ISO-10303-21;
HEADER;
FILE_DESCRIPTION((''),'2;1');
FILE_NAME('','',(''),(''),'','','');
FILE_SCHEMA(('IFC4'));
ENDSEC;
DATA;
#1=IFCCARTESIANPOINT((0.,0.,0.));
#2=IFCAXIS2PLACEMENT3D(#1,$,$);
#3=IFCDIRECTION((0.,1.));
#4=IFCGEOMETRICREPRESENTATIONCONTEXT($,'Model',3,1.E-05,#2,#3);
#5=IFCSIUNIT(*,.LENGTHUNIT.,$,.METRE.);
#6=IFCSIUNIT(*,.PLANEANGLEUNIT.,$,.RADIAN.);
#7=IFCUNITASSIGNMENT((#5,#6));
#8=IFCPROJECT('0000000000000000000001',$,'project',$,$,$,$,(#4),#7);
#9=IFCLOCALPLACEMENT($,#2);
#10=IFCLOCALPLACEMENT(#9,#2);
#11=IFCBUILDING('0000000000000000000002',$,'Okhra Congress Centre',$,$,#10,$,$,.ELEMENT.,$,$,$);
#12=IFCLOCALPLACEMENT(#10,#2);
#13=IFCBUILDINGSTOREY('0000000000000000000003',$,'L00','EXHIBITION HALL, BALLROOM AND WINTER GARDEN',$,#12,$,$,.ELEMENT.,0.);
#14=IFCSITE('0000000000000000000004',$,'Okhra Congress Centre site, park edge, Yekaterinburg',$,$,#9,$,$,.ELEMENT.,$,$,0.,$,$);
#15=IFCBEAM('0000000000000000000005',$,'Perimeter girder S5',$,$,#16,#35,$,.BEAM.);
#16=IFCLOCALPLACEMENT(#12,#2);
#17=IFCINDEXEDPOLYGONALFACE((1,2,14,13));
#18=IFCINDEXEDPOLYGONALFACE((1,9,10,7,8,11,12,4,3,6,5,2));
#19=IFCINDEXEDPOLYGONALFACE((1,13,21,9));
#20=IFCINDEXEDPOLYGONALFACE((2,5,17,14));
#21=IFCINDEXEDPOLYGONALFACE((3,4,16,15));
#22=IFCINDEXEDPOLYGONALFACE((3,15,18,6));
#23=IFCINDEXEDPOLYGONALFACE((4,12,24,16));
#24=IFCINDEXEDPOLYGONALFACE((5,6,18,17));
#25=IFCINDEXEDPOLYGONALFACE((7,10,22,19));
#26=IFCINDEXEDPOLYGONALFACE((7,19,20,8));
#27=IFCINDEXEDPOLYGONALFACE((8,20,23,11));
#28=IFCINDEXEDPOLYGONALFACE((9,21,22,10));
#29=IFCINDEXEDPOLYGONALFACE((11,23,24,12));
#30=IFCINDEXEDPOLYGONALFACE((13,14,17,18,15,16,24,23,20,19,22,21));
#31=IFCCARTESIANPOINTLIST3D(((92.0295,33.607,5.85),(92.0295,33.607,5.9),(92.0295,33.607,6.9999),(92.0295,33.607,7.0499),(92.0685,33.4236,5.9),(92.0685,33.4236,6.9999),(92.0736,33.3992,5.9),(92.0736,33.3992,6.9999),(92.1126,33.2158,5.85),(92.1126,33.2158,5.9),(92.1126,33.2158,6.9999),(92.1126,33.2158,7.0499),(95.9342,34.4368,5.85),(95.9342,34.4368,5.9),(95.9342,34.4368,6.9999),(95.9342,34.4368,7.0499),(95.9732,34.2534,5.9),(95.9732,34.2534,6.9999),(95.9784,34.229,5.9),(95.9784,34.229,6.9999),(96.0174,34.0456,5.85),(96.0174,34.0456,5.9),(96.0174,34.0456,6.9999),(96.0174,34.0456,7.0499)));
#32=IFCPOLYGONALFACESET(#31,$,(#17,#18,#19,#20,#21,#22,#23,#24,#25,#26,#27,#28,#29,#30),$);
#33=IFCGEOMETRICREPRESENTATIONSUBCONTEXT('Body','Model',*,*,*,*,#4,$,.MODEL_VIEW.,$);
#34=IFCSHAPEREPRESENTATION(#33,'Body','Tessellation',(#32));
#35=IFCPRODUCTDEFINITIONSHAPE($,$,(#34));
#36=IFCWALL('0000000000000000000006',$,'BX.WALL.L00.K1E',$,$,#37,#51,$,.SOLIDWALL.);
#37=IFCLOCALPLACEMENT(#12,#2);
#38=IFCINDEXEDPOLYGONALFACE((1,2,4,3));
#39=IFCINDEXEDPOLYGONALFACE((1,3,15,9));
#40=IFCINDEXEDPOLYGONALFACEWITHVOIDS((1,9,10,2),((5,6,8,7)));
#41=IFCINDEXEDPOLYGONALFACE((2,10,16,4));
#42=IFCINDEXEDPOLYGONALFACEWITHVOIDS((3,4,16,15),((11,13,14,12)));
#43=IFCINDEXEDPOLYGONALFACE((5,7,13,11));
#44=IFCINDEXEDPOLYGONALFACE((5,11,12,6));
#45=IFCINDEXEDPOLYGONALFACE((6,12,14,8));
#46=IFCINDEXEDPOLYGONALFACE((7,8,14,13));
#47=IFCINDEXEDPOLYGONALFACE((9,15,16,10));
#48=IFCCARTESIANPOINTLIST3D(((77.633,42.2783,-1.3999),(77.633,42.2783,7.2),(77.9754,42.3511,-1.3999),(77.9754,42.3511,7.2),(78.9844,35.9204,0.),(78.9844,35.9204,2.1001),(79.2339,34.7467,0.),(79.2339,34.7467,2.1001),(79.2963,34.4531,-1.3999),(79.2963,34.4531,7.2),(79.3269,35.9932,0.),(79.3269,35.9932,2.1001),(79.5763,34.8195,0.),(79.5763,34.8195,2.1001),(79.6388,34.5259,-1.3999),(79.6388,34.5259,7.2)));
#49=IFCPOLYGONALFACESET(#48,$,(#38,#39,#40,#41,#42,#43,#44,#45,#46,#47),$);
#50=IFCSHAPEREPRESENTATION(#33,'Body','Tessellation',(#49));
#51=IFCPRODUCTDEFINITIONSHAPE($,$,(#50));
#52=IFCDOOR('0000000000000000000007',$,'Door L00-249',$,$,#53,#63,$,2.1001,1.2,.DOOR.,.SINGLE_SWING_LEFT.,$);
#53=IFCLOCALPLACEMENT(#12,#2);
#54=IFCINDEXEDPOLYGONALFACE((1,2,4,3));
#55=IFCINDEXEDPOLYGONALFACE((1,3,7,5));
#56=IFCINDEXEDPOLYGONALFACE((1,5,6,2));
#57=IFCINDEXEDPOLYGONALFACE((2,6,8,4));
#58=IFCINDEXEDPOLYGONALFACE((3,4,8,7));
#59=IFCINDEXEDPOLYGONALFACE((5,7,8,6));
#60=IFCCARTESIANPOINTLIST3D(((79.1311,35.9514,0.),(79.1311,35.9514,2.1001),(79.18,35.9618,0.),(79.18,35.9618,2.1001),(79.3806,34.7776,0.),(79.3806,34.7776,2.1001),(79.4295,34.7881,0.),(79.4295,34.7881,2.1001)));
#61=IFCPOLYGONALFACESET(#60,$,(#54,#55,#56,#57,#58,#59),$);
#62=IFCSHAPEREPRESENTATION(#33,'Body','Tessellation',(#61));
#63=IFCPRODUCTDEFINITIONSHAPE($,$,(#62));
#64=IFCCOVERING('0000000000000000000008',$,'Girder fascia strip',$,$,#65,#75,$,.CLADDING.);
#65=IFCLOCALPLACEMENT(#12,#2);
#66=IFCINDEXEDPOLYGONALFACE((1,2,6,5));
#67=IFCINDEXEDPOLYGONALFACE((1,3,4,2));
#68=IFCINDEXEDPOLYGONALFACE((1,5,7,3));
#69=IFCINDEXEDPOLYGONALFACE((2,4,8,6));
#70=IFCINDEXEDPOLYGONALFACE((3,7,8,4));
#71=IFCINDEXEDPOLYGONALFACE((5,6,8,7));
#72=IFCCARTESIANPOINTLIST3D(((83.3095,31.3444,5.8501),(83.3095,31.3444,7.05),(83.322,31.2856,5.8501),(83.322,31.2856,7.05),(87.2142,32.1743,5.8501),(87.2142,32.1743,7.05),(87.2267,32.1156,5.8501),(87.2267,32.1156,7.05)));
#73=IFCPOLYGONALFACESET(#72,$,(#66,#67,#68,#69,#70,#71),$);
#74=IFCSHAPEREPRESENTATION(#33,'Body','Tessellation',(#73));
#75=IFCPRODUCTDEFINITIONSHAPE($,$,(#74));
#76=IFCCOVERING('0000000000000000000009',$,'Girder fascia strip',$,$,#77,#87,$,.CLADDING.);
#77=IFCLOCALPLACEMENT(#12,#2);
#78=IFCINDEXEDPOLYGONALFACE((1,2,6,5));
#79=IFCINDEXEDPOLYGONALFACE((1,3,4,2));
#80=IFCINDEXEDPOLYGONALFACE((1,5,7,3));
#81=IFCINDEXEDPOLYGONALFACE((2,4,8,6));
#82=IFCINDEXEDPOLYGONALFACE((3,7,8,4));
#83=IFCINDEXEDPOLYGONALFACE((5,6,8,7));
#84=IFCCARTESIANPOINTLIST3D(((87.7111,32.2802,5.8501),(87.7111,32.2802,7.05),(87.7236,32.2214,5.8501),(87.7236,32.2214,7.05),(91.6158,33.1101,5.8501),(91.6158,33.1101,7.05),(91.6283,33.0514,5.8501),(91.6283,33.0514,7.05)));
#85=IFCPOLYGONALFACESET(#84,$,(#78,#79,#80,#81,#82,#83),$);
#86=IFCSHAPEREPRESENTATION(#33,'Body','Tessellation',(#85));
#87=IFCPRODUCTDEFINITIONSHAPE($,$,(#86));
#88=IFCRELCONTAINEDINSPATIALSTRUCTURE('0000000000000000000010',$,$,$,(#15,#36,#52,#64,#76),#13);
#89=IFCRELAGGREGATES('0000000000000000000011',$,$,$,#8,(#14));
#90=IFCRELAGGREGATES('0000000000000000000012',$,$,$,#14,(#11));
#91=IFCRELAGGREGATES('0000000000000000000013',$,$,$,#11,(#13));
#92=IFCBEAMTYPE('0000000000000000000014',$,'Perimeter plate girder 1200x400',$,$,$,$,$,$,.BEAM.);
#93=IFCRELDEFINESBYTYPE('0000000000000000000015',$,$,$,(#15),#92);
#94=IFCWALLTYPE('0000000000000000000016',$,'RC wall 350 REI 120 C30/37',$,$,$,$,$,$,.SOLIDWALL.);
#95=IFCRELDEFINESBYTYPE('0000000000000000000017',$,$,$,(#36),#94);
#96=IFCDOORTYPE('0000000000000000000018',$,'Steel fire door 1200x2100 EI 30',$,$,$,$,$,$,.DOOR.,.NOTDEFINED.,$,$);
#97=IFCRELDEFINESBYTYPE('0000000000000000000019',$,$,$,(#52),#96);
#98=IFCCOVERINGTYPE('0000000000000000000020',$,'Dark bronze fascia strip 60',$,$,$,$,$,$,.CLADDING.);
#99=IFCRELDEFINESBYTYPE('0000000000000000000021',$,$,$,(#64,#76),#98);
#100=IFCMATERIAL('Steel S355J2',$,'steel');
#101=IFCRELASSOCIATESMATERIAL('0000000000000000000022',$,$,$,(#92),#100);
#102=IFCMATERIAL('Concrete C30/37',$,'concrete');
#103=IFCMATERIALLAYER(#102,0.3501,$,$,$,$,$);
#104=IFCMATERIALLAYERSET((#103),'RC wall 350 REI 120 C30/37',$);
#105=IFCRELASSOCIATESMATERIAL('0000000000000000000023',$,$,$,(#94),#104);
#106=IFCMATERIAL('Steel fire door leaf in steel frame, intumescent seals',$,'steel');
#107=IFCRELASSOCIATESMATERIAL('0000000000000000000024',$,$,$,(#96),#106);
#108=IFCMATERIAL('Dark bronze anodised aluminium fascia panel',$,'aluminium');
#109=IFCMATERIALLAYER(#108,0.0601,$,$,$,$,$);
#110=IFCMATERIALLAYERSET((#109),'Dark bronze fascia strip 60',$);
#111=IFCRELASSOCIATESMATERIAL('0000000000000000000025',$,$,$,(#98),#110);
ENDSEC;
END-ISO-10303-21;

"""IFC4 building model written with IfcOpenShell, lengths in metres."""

from ifc_helpers import new_model, si_unit, direction, frame, frame_2d, origin, origin_2d, place, context, subcontext, project, spatial, rectangle, i_section, extrude, material, layer, layer_set, material_profile, profile_set, type_object, element, fill, save


model = new_model("IFC4")

# Units and contexts
model_context = context("Model", 3, precision=1e-05, world=origin(), true_north=direction((0.0, 1.0)))
body_context = subcontext(model_context, "Body", "Model", "MODEL_VIEW")
ifc_project = project(units=[si_unit("LENGTHUNIT", "METRE"), si_unit("PLANEANGLEUNIT", "RADIAN")], contexts=[model_context])

# Site, building, storey
site_placement = place(None, origin())
site = spatial("IfcSite", under=ifc_project, at=site_placement, Name="Okhra Congress Centre site, park edge, Yekaterinburg", CompositionType="ELEMENT", RefElevation=0.0)
building_placement = place(site_placement, origin())
building = spatial("IfcBuilding", under=site, at=building_placement, Name="Okhra Congress Centre", CompositionType="ELEMENT")
storey_placement = place(building_placement, origin())
storey = spatial("IfcBuildingStorey", under=building, at=storey_placement, Name="L00", Description="EXHIBITION HALL, BALLROOM AND WINTER GARDEN", CompositionType="ELEMENT", Elevation=0.0)

# Shared definitions
ifc_material_1 = material(Name="Concrete C30/37", Category="concrete")

# Beam
ifc_material_2 = material(Name="Steel S355J2", Category="steel")
ifc_material_profile_1 = material_profile(ifc_material_2, i_section(OverallWidth=0.3999, OverallDepth=1.2, WebThickness=0.0249, FlangeThickness=0.05, at=origin_2d()), Name="Plate girder 1200x400")
ifc_profile_set_1 = profile_set([ifc_material_profile_1], Name="Steel S355J2")
beam_type_1 = type_object("IfcBeamType", Name="Perimeter plate girder 1200x400", PredefinedType="BEAM", material=ifc_profile_set_1)
for number, where, z_axis, x_axis, name in (
    (1, (92.071, 33.4114, 6.45), (0.978155, 0.207875, 0.0), (-0.207875, 0.978155, 0.0), "Perimeter girder S5"),
):
    element("IfcBeam", number, at=place(storey_placement, frame(where, z_axis=z_axis, x_axis=x_axis)), inside=storey, type_object=beam_type_1, Name=name, PredefinedType="BEAM", context=body_context, shape_type="SweptSolid", body=[
        extrude(i_section(OverallWidth=0.3999, OverallDepth=1.2, WebThickness=0.0249, FlangeThickness=0.05, at=origin_2d()), origin(), (0.0, 0.0, 1.0), 3.9919),
    ])

# Wall, opening, door
ifc_layer_1 = layer(ifc_material_1, 0.3501)
ifc_layer_set_1 = layer_set([ifc_layer_1], Name="RC wall 350 REI 120 C30/37")
wall_type = type_object("IfcWallType", Name="RC wall 350 REI 120 C30/37", PredefinedType="SOLIDWALL", material=ifc_layer_set_1)
wall_placement = place(storey_placement, frame((79.4675, 34.4895, -1.3999), z_axis=(0.0, 0.0, 1.0), x_axis=(-0.207916, 0.978147, 0.0)))
wall = element("IfcWall", 2, at=wall_placement, inside=storey, type_object=wall_type, Name="BX.WALL.L00.K1E", PredefinedType="SOLIDWALL", context=body_context, shape_type="SweptSolid", body=[
    extrude(rectangle(XDim=8.0, YDim=0.3501, at=frame_2d((4.0, 0.0))), origin(), (0.0, 0.0, 1.0), 8.5999),
])
opening_placement = place(wall_placement, frame((0.3, 0.0, 1.3999)))
opening = element("IfcOpeningElement", 3, at=opening_placement, cuts=wall, PredefinedType="OPENING", context=body_context, shape_type="SweptSolid", body=[
    extrude(rectangle(XDim=1.2, YDim=2.1001, at=frame_2d((0.6001, 1.05))), frame((0.0, 0.1851, 0.0), z_axis=(0.0, -1.0, 0.0), x_axis=(1.0, 0.0, 0.0)), (0.0, 0.0, 1.0), 0.3701),
])
ifc_material_3 = material(Name="Steel fire door leaf in steel frame, intumescent seals", Category="steel")
door_type = type_object("IfcDoorType", Name="Steel fire door 1200x2100 EI 30", OperationType="NOTDEFINED", PredefinedType="DOOR", material=ifc_material_3)
door_placement = place(opening_placement, frame((1.2, 0.0, 0.0), z_axis=(0.0, 0.0, 1.0), x_axis=(-1.0, 0.0, 0.0)))
door = element("IfcDoor", 4, at=door_placement, inside=storey, type_object=door_type, Name="Door L00-249", OperationType="SINGLE_SWING_LEFT", OverallHeight=2.1001, OverallWidth=1.2, PredefinedType="DOOR", context=body_context, shape_type="SweptSolid", body=[
    extrude(rectangle(XDim=1.2, YDim=2.1001, at=frame_2d((0.6001, 1.05))), frame((0.0, 0.0249, 0.0), z_axis=(0.0, -1.0, 0.0), x_axis=(1.0, 0.0, 0.0)), (0.0, 0.0, 1.0), 0.05),
])
fill(opening, door)

# Coverings
ifc_material_4 = material(Name="Dark bronze anodised aluminium fascia panel", Category="aluminium")
ifc_layer_2 = layer(ifc_material_4, 0.0601)
ifc_layer_set_2 = layer_set([ifc_layer_2], Name="Dark bronze fascia strip 60")
covering_type = type_object("IfcCoveringType", Name="Dark bronze fascia strip 60", PredefinedType="CLADDING", material=ifc_layer_set_2)
for number, where, z_axis, x_axis, name in (
    (5, (85.2681, 31.73, 5.8501), (0.0, 0.0, 1.0), (0.978148, 0.207912, 0.0), "Girder fascia strip"),
    (6, (89.6697, 32.6658, 5.8501), (0.0, 0.0, 1.0), (0.978148, 0.207912, 0.0), "Girder fascia strip"),
):
    element("IfcCovering", number, at=place(storey_placement, frame(where, z_axis=z_axis, x_axis=x_axis)), inside=storey, type_object=covering_type, Name=name, PredefinedType="CLADDING", context=body_context, shape_type="SweptSolid", body=[
        extrude(rectangle(XDim=3.9919, YDim=0.0601, at=origin_2d()), origin(), (0.0, 0.0, 1.0), 1.2),
    ])

save(model, "model.ifc")
